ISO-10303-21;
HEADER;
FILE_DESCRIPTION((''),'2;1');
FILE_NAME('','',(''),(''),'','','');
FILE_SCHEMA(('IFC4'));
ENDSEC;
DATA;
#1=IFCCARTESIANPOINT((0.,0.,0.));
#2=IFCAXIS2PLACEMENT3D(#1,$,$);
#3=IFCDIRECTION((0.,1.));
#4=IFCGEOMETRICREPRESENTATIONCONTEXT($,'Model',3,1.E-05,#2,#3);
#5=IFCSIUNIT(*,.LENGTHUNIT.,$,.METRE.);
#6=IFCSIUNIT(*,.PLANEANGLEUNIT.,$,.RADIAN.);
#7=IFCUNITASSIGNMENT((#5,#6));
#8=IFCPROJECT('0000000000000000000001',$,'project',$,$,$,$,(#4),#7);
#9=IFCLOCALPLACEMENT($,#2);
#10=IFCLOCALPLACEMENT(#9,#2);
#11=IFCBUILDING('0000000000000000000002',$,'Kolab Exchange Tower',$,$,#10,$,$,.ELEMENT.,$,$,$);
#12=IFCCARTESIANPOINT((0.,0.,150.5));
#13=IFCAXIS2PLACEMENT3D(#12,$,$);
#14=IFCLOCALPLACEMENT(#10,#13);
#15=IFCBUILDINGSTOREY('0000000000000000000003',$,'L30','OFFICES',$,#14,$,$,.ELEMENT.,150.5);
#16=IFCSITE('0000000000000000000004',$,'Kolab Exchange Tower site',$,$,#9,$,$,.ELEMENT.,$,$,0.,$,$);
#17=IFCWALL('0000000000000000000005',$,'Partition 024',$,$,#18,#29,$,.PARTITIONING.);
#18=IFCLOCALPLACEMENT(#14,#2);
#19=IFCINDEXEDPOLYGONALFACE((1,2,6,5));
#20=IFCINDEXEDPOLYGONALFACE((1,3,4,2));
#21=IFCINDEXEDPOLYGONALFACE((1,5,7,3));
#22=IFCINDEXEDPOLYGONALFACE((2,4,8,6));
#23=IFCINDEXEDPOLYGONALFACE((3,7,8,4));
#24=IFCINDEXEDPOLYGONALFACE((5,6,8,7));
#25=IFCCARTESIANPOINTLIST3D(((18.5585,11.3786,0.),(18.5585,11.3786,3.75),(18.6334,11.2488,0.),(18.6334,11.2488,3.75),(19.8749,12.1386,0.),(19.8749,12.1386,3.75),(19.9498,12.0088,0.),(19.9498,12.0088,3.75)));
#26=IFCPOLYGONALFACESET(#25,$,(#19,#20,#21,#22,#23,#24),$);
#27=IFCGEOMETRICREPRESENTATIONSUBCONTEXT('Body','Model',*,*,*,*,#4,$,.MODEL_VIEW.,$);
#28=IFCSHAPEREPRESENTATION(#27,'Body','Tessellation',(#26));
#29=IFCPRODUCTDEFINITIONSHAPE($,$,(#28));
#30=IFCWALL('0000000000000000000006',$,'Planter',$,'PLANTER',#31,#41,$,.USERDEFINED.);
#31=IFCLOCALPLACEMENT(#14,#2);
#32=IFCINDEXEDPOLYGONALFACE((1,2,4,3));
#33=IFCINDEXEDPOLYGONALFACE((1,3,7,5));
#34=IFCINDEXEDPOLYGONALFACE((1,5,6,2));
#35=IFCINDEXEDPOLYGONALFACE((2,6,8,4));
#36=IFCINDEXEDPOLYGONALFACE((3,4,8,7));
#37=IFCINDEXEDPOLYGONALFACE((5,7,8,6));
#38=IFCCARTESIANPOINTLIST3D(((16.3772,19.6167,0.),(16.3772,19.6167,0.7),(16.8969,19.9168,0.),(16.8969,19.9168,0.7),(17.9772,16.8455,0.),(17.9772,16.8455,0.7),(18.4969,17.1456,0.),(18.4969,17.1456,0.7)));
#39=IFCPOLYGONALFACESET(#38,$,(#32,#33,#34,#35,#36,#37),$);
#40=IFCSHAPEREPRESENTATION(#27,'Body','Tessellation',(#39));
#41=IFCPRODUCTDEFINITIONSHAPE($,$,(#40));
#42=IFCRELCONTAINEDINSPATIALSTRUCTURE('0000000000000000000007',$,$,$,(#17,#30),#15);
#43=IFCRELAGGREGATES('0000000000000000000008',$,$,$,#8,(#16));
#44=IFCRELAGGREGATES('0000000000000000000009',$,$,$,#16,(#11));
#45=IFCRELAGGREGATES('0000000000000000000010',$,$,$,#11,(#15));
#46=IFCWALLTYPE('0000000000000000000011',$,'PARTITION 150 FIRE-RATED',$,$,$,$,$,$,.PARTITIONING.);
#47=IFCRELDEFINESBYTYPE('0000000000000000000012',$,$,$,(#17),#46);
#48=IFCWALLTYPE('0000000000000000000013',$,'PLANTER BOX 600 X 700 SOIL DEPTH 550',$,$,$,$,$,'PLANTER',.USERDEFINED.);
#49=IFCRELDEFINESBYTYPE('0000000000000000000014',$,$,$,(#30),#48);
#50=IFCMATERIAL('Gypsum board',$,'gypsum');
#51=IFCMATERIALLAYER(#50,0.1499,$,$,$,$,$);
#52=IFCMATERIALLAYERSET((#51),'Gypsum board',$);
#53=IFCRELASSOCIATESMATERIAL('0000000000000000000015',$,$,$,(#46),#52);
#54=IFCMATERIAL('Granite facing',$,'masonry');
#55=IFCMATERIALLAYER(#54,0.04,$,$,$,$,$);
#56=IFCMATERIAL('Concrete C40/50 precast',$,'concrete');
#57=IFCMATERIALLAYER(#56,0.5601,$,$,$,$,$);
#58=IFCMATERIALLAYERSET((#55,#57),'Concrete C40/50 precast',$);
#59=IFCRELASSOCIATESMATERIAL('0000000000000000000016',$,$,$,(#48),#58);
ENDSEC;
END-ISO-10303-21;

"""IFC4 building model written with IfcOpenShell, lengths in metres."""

from ifc_helpers import new_model, si_unit, direction, frame, frame_2d, origin, place, context, subcontext, project, spatial, rectangle, extrude, material, layer, layer_set, type_object, element, save


model = new_model("IFC4")

# Units and contexts
model_context = context("Model", 3, precision=1e-05, world=origin(), true_north=direction((0.0, 1.0)))
body_context = subcontext(model_context, "Body", "Model", "MODEL_VIEW")
ifc_project = project(units=[si_unit("LENGTHUNIT", "METRE"), si_unit("PLANEANGLEUNIT", "RADIAN")], contexts=[model_context])

# Site, building, storey
site_placement = place(None, origin())
site = spatial("IfcSite", under=ifc_project, at=site_placement, Name="Kolab Exchange Tower site", CompositionType="ELEMENT", RefElevation=0.0)
building_placement = place(site_placement, origin())
building = spatial("IfcBuilding", under=site, at=building_placement, Name="Kolab Exchange Tower", CompositionType="ELEMENT")
storey_placement = place(building_placement, frame((0.0, 0.0, 150.5)))
storey = spatial("IfcBuildingStorey", under=building, at=storey_placement, Name="L30", Description="OFFICES", CompositionType="ELEMENT", Elevation=150.5)

# Walls
ifc_material_1 = material(Name="Gypsum board", Category="gypsum")
ifc_layer_1 = layer(ifc_material_1, 0.1499)
ifc_layer_set_1 = layer_set([ifc_layer_1], Name="Gypsum board")
wall_type_1 = type_object("IfcWallType", Name="PARTITION 150 FIRE-RATED", PredefinedType="PARTITIONING", material=ifc_layer_set_1)
wall_1_placement = place(storey_placement, frame((18.5959, 11.3137, 0.0), z_axis=(0.0, 0.0, 1.0), x_axis=(0.86603, 0.499991, 0.0)))
element("IfcWall", 1, at=wall_1_placement, inside=storey, type_object=wall_type_1, Name="Partition 024", PredefinedType="PARTITIONING", context=body_context, shape_type="SweptSolid", body=[
    extrude(rectangle(XDim=1.52, YDim=0.1499, at=frame_2d((0.76, 0.0))), origin(), (0.0, 0.0, 1.0), 3.75),
])
ifc_material_2 = material(Name="Granite facing", Category="masonry")
ifc_layer_2 = layer(ifc_material_2, 0.04)
ifc_material_3 = material(Name="Concrete C40/50 precast", Category="concrete")
ifc_layer_3 = layer(ifc_material_3, 0.5601)
ifc_layer_set_2 = layer_set([ifc_layer_2, ifc_layer_3], Name="Concrete C40/50 precast")
wall_type_2 = type_object("IfcWallType", Name="PLANTER BOX 600 X 700 SOIL DEPTH 550", ElementType="PLANTER", PredefinedType="USERDEFINED", material=ifc_layer_set_2)
wall_2_placement = place(storey_placement, frame((16.637, 19.7668, 0.0), z_axis=(0.0, 0.0, 1.0), x_axis=(0.500028, -0.866009, 0.0)))
element("IfcWall", 2, at=wall_2_placement, inside=storey, type_object=wall_type_2, Name="Planter", ObjectType="PLANTER", PredefinedType="USERDEFINED", context=body_context, shape_type="SweptSolid", body=[
    extrude(rectangle(XDim=3.2, YDim=0.6001, at=frame_2d((1.6001, 0.0))), origin(), (0.0, 0.0, 1.0), 0.7),
])

save(model, "model.ifc")
